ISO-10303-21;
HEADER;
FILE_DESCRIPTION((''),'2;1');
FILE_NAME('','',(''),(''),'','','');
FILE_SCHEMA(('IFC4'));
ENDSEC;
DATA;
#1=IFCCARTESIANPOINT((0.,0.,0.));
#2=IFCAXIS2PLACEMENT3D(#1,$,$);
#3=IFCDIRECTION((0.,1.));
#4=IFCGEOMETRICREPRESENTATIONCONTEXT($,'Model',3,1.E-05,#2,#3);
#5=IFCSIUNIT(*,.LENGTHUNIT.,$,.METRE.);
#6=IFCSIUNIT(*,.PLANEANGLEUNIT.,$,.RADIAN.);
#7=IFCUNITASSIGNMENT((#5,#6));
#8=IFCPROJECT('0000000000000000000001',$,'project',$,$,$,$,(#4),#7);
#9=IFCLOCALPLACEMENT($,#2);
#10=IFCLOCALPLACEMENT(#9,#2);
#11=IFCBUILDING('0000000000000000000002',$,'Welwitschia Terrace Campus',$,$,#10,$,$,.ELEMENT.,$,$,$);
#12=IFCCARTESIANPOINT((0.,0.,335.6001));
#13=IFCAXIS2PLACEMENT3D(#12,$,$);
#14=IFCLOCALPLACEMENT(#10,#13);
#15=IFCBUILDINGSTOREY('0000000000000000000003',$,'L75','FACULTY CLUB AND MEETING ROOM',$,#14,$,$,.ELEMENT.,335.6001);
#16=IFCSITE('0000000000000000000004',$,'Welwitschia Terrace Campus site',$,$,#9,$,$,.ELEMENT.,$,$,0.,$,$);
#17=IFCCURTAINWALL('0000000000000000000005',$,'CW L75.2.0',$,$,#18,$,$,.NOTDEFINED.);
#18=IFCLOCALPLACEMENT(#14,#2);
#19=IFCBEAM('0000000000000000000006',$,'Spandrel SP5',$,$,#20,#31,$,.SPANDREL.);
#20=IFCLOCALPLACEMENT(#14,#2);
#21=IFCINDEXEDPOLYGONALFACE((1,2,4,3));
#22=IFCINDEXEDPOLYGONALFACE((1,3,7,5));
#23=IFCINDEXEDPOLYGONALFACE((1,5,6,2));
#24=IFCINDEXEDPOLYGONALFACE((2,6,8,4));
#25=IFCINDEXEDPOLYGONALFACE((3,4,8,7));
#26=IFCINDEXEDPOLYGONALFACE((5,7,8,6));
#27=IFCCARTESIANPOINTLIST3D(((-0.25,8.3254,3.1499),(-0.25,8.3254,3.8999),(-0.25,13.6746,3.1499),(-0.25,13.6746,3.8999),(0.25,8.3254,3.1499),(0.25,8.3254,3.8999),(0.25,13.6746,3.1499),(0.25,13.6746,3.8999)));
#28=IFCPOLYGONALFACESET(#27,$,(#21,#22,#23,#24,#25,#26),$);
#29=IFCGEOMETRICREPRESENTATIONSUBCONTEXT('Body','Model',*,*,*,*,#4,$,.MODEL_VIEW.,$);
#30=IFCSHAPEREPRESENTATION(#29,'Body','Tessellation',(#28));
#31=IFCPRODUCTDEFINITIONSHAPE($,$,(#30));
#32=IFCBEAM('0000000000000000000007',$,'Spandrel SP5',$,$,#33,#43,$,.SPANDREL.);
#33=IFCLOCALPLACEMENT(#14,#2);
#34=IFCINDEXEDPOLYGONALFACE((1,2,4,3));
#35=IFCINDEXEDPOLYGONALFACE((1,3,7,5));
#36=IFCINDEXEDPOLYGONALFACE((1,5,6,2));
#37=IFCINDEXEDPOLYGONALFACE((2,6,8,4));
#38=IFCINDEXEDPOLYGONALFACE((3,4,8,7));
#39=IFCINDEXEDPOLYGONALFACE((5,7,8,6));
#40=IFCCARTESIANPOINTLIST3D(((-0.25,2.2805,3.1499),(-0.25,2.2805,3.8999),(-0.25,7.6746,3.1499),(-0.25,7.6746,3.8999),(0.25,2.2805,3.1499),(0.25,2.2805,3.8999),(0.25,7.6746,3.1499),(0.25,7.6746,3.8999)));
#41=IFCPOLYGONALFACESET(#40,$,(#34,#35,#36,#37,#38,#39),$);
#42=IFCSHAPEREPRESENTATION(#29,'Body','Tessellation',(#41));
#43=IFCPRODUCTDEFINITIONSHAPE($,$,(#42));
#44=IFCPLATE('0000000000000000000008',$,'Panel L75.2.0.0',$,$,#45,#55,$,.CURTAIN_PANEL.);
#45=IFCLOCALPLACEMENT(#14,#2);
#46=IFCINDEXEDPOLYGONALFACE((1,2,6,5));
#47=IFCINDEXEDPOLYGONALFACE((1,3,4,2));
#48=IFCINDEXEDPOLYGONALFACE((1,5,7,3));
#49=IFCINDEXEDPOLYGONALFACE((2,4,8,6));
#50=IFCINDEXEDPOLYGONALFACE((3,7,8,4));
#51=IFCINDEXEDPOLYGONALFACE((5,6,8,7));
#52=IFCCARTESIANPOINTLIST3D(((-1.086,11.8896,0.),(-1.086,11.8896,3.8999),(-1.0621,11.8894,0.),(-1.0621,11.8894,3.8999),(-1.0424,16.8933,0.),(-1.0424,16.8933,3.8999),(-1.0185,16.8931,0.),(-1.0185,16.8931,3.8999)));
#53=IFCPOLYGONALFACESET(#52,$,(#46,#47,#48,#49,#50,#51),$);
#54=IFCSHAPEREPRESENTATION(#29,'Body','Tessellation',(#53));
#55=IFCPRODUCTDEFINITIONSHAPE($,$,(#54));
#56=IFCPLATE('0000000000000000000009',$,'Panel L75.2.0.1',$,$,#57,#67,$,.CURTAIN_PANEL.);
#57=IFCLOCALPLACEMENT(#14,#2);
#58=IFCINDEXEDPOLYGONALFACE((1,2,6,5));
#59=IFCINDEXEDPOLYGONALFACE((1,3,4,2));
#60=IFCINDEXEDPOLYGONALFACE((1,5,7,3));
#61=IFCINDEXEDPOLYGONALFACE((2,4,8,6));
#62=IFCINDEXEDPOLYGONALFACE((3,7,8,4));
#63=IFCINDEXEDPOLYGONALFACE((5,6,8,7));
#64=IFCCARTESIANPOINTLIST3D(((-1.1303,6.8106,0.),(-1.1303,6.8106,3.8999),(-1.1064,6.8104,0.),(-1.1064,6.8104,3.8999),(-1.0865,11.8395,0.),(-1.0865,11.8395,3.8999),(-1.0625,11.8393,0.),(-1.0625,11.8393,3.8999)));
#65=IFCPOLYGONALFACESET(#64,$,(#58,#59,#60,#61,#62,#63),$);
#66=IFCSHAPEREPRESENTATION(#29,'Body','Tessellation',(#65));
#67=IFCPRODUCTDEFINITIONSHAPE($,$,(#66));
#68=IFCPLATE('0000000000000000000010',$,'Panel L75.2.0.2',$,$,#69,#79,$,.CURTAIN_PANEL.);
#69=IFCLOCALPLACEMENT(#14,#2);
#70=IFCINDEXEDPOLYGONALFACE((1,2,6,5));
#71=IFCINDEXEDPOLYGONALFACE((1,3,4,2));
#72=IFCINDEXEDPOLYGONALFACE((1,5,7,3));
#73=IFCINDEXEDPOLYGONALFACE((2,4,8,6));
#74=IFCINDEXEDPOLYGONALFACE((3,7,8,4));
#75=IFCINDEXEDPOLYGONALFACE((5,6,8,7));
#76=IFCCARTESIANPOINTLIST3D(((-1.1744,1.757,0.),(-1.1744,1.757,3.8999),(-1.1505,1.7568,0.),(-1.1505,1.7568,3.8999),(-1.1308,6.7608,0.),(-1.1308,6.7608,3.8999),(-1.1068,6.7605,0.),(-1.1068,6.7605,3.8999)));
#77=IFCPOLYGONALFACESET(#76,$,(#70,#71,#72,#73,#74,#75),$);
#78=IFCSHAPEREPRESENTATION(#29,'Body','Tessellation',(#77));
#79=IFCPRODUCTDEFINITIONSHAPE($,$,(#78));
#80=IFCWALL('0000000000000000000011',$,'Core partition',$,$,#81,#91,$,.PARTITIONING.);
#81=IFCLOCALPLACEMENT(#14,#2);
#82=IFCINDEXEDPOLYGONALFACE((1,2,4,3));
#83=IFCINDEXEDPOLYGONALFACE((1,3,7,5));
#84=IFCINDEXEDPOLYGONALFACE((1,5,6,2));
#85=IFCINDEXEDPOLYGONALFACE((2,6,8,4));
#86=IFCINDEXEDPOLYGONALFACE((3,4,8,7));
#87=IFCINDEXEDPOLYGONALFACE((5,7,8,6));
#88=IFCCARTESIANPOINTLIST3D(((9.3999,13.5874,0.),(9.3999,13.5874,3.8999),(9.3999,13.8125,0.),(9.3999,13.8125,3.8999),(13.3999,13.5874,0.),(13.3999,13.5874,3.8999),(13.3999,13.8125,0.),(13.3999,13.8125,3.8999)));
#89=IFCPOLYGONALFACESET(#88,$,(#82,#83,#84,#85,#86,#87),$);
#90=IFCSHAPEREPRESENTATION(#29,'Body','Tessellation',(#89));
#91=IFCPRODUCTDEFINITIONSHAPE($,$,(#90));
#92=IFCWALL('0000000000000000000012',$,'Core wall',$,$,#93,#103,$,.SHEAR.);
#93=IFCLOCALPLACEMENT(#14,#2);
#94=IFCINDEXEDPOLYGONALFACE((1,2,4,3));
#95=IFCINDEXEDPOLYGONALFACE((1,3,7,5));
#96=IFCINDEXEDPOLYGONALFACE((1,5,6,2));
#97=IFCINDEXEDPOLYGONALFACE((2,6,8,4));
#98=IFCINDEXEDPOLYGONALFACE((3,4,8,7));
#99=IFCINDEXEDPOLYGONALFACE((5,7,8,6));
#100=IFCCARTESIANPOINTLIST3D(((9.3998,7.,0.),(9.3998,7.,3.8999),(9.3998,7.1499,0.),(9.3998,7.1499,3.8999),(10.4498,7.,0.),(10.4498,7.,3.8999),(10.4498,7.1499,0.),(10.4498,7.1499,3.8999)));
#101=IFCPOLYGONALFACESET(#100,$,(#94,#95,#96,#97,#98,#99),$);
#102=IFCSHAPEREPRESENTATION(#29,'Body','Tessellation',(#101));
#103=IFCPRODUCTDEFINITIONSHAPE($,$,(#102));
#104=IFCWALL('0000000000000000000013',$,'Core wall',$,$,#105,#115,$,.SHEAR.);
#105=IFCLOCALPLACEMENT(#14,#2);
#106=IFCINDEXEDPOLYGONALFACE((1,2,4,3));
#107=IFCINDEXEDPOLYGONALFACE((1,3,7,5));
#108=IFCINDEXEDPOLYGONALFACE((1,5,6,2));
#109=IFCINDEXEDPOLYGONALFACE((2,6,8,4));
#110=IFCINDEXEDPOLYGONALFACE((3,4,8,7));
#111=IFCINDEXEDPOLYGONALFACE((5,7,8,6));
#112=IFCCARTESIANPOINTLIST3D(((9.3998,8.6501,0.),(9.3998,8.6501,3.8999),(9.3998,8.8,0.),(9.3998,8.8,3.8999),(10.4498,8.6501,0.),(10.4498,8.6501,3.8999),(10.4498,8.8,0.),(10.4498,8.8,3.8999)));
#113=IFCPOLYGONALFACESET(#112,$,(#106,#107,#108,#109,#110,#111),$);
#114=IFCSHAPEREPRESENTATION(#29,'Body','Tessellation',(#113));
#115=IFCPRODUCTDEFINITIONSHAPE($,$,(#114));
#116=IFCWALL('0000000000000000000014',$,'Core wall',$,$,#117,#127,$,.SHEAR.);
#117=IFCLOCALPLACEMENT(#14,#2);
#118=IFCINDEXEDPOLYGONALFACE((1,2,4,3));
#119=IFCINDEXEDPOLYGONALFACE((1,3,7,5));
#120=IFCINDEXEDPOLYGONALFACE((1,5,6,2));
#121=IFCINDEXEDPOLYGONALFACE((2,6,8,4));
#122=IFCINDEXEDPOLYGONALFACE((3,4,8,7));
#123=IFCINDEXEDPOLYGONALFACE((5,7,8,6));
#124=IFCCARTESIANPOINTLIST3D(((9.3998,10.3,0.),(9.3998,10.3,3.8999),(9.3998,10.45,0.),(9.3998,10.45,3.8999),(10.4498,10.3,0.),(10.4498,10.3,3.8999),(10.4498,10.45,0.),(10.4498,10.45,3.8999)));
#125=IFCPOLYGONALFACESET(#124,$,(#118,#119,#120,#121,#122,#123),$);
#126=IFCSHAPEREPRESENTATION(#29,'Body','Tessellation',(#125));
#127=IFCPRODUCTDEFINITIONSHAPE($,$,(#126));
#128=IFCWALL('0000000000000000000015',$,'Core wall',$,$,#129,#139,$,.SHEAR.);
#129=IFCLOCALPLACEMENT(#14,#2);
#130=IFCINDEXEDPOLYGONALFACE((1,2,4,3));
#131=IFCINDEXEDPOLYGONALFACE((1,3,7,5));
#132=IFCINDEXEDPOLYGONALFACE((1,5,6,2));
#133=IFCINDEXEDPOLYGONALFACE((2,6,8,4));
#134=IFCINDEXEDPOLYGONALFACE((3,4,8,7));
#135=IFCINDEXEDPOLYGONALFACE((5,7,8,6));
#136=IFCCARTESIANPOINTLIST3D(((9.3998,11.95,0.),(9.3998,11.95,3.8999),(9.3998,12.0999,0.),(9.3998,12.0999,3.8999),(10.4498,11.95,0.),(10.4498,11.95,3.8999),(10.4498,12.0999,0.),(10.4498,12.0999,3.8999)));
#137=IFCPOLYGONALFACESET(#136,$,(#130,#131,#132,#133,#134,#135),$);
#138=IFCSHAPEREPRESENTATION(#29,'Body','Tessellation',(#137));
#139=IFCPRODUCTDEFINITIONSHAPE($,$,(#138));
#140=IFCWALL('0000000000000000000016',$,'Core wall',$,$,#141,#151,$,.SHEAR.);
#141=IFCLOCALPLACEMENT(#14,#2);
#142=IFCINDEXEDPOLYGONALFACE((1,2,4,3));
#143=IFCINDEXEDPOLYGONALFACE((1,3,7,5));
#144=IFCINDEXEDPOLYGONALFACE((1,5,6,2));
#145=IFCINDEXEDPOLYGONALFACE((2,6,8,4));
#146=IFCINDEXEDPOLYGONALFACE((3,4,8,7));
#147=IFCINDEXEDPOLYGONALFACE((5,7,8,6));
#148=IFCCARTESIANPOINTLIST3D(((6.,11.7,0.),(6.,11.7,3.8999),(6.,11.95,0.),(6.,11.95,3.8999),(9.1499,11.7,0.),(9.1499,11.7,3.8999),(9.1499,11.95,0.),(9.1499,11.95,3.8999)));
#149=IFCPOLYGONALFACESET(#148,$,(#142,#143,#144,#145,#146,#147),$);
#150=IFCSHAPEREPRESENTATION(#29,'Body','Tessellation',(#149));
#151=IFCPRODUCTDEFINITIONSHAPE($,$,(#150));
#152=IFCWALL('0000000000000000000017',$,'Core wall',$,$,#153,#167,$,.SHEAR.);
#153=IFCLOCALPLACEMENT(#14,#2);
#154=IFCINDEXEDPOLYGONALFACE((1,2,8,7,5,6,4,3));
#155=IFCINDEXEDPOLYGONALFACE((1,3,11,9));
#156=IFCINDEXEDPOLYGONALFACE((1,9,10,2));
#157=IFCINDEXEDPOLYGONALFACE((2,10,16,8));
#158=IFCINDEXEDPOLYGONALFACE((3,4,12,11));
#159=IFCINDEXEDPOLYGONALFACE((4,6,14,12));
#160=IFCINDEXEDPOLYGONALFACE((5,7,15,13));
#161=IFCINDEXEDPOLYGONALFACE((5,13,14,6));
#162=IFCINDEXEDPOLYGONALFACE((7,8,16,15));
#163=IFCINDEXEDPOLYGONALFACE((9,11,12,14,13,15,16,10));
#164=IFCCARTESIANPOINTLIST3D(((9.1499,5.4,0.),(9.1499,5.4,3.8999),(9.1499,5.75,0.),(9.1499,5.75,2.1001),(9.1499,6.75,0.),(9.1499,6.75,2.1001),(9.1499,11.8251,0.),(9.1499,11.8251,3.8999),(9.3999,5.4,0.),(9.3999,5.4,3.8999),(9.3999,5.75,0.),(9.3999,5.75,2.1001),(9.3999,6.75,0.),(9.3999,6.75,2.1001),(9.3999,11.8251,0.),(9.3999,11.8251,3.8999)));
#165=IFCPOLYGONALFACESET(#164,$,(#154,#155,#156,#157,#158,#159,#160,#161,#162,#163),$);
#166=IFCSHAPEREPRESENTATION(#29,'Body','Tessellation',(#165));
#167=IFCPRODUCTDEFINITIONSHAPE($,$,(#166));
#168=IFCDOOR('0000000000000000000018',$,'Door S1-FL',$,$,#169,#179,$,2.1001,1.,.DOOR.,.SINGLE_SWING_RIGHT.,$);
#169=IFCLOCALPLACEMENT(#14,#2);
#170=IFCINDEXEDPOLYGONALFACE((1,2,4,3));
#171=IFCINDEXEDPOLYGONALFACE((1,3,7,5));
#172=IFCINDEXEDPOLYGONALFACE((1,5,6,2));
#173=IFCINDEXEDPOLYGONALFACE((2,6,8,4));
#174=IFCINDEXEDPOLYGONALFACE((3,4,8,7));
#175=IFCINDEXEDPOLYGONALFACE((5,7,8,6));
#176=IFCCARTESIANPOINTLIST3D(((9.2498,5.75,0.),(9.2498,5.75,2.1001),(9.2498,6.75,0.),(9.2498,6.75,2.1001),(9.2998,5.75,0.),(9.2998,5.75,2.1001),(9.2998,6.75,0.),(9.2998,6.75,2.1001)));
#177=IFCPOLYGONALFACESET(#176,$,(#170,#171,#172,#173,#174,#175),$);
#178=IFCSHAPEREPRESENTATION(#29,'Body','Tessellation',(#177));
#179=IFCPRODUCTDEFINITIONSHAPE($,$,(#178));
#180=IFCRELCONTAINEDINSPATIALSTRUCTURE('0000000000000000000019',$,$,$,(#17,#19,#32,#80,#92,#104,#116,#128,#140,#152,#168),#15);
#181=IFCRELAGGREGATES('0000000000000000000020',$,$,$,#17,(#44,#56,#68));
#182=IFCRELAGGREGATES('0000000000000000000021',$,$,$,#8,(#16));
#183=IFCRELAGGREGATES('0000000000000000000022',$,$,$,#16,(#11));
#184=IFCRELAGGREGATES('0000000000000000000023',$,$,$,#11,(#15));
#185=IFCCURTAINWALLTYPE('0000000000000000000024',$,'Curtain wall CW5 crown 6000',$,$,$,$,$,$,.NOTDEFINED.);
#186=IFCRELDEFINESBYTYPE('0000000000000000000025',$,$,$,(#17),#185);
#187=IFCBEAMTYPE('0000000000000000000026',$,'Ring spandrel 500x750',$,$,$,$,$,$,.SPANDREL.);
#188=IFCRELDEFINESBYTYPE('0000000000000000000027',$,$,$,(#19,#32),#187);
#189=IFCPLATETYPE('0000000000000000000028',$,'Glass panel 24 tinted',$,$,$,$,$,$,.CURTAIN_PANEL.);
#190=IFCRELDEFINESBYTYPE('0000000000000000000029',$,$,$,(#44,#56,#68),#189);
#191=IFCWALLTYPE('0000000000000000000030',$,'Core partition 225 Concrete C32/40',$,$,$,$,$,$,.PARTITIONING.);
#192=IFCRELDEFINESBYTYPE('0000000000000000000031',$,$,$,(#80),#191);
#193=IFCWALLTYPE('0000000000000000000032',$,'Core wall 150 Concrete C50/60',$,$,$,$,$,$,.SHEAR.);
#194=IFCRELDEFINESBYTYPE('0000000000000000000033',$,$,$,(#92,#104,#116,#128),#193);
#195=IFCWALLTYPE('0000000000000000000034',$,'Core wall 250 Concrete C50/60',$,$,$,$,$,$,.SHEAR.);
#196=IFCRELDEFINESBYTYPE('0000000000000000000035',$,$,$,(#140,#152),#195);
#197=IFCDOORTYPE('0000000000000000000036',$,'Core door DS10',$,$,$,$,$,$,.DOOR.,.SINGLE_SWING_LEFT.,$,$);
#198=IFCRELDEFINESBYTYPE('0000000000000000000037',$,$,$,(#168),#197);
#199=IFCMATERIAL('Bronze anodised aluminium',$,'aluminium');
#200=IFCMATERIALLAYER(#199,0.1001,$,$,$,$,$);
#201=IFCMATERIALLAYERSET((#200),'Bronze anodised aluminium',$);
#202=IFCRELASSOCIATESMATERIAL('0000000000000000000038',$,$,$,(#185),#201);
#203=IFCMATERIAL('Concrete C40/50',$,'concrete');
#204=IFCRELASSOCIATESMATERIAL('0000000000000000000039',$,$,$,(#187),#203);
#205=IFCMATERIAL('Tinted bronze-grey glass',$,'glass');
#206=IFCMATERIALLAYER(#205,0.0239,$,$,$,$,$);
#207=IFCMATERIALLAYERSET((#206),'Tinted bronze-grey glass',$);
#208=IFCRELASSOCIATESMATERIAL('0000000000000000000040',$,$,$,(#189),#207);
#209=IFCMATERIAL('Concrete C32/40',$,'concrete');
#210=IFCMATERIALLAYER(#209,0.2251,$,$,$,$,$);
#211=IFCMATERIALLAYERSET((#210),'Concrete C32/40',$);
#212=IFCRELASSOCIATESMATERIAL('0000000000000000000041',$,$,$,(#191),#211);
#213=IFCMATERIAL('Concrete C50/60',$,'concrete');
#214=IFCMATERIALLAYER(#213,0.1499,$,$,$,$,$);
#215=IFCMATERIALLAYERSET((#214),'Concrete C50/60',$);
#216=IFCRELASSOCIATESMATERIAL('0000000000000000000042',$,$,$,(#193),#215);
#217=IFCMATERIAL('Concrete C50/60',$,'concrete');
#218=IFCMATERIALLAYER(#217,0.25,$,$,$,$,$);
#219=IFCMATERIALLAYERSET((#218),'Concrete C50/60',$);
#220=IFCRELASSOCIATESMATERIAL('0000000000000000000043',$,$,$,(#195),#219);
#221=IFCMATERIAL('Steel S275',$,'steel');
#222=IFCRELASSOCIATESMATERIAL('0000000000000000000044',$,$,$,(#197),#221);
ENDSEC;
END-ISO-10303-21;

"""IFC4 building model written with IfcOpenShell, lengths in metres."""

from ifc_helpers import new_model, si_unit, direction, frame, frame_2d, origin, origin_2d, place, context, subcontext, project, spatial, rectangle, extrude, material, layer, layer_set, material_profile, profile_set, type_object, element, fill, aggregate, save


model = new_model("IFC4")

# Units and contexts
model_context = context("Model", 3, precision=1e-05, world=origin(), true_north=direction((0.0, 1.0)))
body_context = subcontext(model_context, "Body", "Model", "MODEL_VIEW")
ifc_project = project(units=[si_unit("LENGTHUNIT", "METRE"), si_unit("PLANEANGLEUNIT", "RADIAN")], contexts=[model_context])

# Site, building, storey
site_placement = place(None, origin())
site = spatial("IfcSite", under=ifc_project, at=site_placement, Name="Welwitschia Terrace Campus site", CompositionType="ELEMENT", RefElevation=0.0)
building_placement = place(site_placement, origin())
building = spatial("IfcBuilding", under=site, at=building_placement, Name="Welwitschia Terrace Campus", CompositionType="ELEMENT")
storey_placement = place(building_placement, frame((0.0, 0.0, 335.6001)))
storey = spatial("IfcBuildingStorey", under=building, at=storey_placement, Name="L75", Description="FACULTY CLUB AND MEETING ROOM", CompositionType="ELEMENT", Elevation=335.6001)

# Curtain wall
ifc_material_1 = material(Name="Bronze anodised aluminium", Category="aluminium")
ifc_layer_1 = layer(ifc_material_1, 0.1001)
ifc_layer_set_1 = layer_set([ifc_layer_1], Name="Bronze anodised aluminium")
curtain_wall_type = type_object("IfcCurtainWallType", Name="Curtain wall CW5 crown 6000", PredefinedType="NOTDEFINED", material=ifc_layer_set_1)
curtain_wall_placement = place(storey_placement, origin())
curtain_wall = element("IfcCurtainWall", 1, at=curtain_wall_placement, inside=storey, type_object=curtain_wall_type, Name="CW L75.2.0", PredefinedType="NOTDEFINED")

# Beams
ifc_material_2 = material(Name="Concrete C40/50", Category="concrete")
ifc_material_profile_1 = material_profile(ifc_material_2, rectangle(XDim=0.5, YDim=0.75, at=origin_2d()))
ifc_profile_set_1 = profile_set([ifc_material_profile_1], Name="Concrete C40/50")
beam_type_1 = type_object("IfcBeamType", Name="Ring spandrel 500x750", PredefinedType="SPANDREL", material=ifc_profile_set_1)
beam_1_placement = place(storey_placement, frame((0.0, 13.6746, 3.5249), z_axis=(0.0, -1.0, 0.0), x_axis=(1.0, 0.0, 0.0)))
element("IfcBeam", 2, at=beam_1_placement, inside=storey, type_object=beam_type_1, Name="Spandrel SP5", PredefinedType="SPANDREL", context=body_context, shape_type="SweptSolid", body=[
    extrude(rectangle(XDim=0.5, YDim=0.75, at=origin_2d()), origin(), (0.0, 0.0, 1.0), 5.3491),
])
beam_2_placement = place(storey_placement, frame((0.0, 7.6746, 3.5249), z_axis=(0.0, -1.0, 0.0), x_axis=(1.0, 0.0, 0.0)))
element("IfcBeam", 3, at=beam_2_placement, inside=storey, type_object=beam_type_1, Name="Spandrel SP5", PredefinedType="SPANDREL", context=body_context, shape_type="SweptSolid", body=[
    extrude(rectangle(XDim=0.5, YDim=0.75, at=origin_2d()), origin(), (0.0, 0.0, 1.0), 5.394),
])

# Plates
ifc_material_3 = material(Name="Tinted bronze-grey glass", Category="glass")
ifc_layer_2 = layer(ifc_material_3, 0.0239)
ifc_layer_set_2 = layer_set([ifc_layer_2], Name="Tinted bronze-grey glass")
plate_type = type_object("IfcPlateType", Name="Glass panel 24 tinted", PredefinedType="CURTAIN_PANEL", material=ifc_layer_set_2)
plate_1_placement = place(storey_placement, frame((-1.0522, 14.3914, 0.0), z_axis=(0.0, 0.0, 1.0), x_axis=(-0.008727, -0.999962, 0.0)))
plate_1 = element("IfcPlate", 4, at=plate_1_placement, type_object=plate_type, Name="Panel L75.2.0.0", PredefinedType="CURTAIN_PANEL", context=body_context, shape_type="SweptSolid", body=[
    extrude(rectangle(XDim=5.0039, YDim=0.0239, at=origin_2d()), origin(), (0.0, 0.0, 1.0), 3.8999),
])
plate_2_placement = place(storey_placement, frame((-1.0964, 9.325, 0.0), z_axis=(0.0, 0.0, 1.0), x_axis=(-0.008727, -0.999962, 0.0)))
plate_2 = element("IfcPlate", 5, at=plate_2_placement, type_object=plate_type, Name="Panel L75.2.0.1", PredefinedType="CURTAIN_PANEL", context=body_context, shape_type="SweptSolid", body=[
    extrude(rectangle(XDim=5.0291, YDim=0.0239, at=origin_2d()), origin(), (0.0, 0.0, 1.0), 3.8999),
])
plate_3_placement = place(storey_placement, frame((-1.1406, 4.2588, 0.0), z_axis=(0.0, 0.0, 1.0), x_axis=(-0.008727, -0.999962, 0.0)))
plate_3 = element("IfcPlate", 6, at=plate_3_placement, type_object=plate_type, Name="Panel L75.2.0.2", PredefinedType="CURTAIN_PANEL", context=body_context, shape_type="SweptSolid", body=[
    extrude(rectangle(XDim=5.0039, YDim=0.0239, at=origin_2d()), origin(), (0.0, 0.0, 1.0), 3.8999),
])
aggregate(curtain_wall, [plate_1, plate_2, plate_3])

# Walls
ifc_material_4 = material(Name="Concrete C32/40", Category="concrete")
ifc_layer_3 = layer(ifc_material_4, 0.2251)
ifc_layer_set_3 = layer_set([ifc_layer_3], Name="Concrete C32/40")
wall_type_1 = type_object("IfcWallType", Name="Core partition 225 Concrete C32/40", PredefinedType="PARTITIONING", material=ifc_layer_set_3)
wall_1_placement = place(storey_placement, frame((9.3999, 13.7, 0.0), z_axis=(0.0, 0.0, 1.0), x_axis=(1.0, 0.0, 0.0)))
element("IfcWall", 7, at=wall_1_placement, inside=storey, type_object=wall_type_1, Name="Core partition", PredefinedType="PARTITIONING", context=body_context, shape_type="SweptSolid", body=[
    extrude(rectangle(XDim=4.0, YDim=0.2251, at=frame_2d((2.0, 0.0))), origin(), (0.0, 0.0, 1.0), 3.8999),
])
ifc_material_5 = material(Name="Concrete C50/60", Category="concrete")
ifc_layer_4 = layer(ifc_material_5, 0.1499)
ifc_layer_set_4 = layer_set([ifc_layer_4], Name="Concrete C50/60")
wall_type_2 = type_object("IfcWallType", Name="Core wall 150 Concrete C50/60", PredefinedType="SHEAR", material=ifc_layer_set_4)
for number, where, z_axis, x_axis, name in (
    (8, (9.3999, 7.075, 0.0), (0.0, 0.0, 1.0), (1.0, 0.0, 0.0), "Core wall"),
    (9, (9.3999, 8.7251, 0.0), (0.0, 0.0, 1.0), (1.0, 0.0, 0.0), "Core wall"),
    (10, (9.3999, 10.375, 0.0), (0.0, 0.0, 1.0), (1.0, 0.0, 0.0), "Core wall"),
    (11, (9.3999, 12.0249, 0.0), (0.0, 0.0, 1.0), (1.0, 0.0, 0.0), "Core wall"),
):
    element("IfcWall", number, at=place(storey_placement, frame(where, z_axis=z_axis, x_axis=x_axis)), inside=storey, type_object=wall_type_2, Name=name, PredefinedType="SHEAR", context=body_context, shape_type="SweptSolid", body=[
        extrude(rectangle(XDim=1.05, YDim=0.1499, at=frame_2d((0.5249, 0.0))), origin(), (0.0, 0.0, 1.0), 3.8999),
    ])
ifc_material_6 = material(Name="Concrete C50/60", Category="concrete")
ifc_layer_5 = layer(ifc_material_6, 0.25)
ifc_layer_set_5 = layer_set([ifc_layer_5], Name="Concrete C50/60")
wall_type_3 = type_object("IfcWallType", Name="Core wall 250 Concrete C50/60", PredefinedType="SHEAR", material=ifc_layer_set_5)
wall_2_placement = place(storey_placement, frame((6.0, 11.825, 0.0), z_axis=(0.0, 0.0, 1.0), x_axis=(1.0, 0.0, 0.0)))
element("IfcWall", 12, at=wall_2_placement, inside=storey, type_object=wall_type_3, Name="Core wall", PredefinedType="SHEAR", context=body_context, shape_type="SweptSolid", body=[
    extrude(rectangle(XDim=3.1499, YDim=0.25, at=frame_2d((1.575, 0.0))), origin(), (0.0, 0.0, 1.0), 3.8999),
])

# Wall, opening, door
wall_3_placement = place(storey_placement, frame((9.2749, 11.825, 0.0), z_axis=(0.0, 0.0, 1.0), x_axis=(0.0, -1.0, 0.0)))
wall_3 = element("IfcWall", 13, at=wall_3_placement, inside=storey, type_object=wall_type_3, Name="Core wall", PredefinedType="SHEAR", context=body_context, shape_type="SweptSolid", body=[
    extrude(rectangle(XDim=6.425, YDim=0.25, at=frame_2d((3.2124, 0.0))), origin(), (0.0, 0.0, 1.0), 3.8999),
])
opening_1_placement = place(wall_3_placement, frame((5.075, 0.0, 0.0)))
opening_1 = element("IfcOpeningElement", 14, at=opening_1_placement, cuts=wall_3, PredefinedType="OPENING", context=body_context, shape_type="SweptSolid", body=[
    extrude(rectangle(XDim=1.0, YDim=2.1001, at=frame_2d((0.5, 1.05))), frame((0.0, 0.135, 0.0), z_axis=(0.0, -1.0, 0.0), x_axis=(1.0, 0.0, 0.0)), (0.0, 0.0, 1.0), 0.27),
])
ifc_material_7 = material(Name="Steel S275", Category="steel")
door_type_1 = type_object("IfcDoorType", Name="Core door DS10", OperationType="SINGLE_SWING_LEFT", PredefinedType="DOOR", material=ifc_material_7)
door_1_placement = place(opening_1_placement, origin())
door_1 = element("IfcDoor", 15, at=door_1_placement, inside=storey, type_object=door_type_1, Name="Door S1-FL", OperationType="SINGLE_SWING_RIGHT", OverallHeight=2.1001, OverallWidth=1.0, PredefinedType="DOOR", context=body_context, shape_type="SweptSolid", body=[
    extrude(rectangle(XDim=1.0, YDim=2.1001, at=frame_2d((0.5, 1.05))), frame((0.0, 0.0249, 0.0), z_axis=(0.0, -1.0, 0.0), x_axis=(1.0, 0.0, 0.0)), (0.0, 0.0, 1.0), 0.05),
])
fill(opening_1, door_1)

save(model, "model.ifc")
